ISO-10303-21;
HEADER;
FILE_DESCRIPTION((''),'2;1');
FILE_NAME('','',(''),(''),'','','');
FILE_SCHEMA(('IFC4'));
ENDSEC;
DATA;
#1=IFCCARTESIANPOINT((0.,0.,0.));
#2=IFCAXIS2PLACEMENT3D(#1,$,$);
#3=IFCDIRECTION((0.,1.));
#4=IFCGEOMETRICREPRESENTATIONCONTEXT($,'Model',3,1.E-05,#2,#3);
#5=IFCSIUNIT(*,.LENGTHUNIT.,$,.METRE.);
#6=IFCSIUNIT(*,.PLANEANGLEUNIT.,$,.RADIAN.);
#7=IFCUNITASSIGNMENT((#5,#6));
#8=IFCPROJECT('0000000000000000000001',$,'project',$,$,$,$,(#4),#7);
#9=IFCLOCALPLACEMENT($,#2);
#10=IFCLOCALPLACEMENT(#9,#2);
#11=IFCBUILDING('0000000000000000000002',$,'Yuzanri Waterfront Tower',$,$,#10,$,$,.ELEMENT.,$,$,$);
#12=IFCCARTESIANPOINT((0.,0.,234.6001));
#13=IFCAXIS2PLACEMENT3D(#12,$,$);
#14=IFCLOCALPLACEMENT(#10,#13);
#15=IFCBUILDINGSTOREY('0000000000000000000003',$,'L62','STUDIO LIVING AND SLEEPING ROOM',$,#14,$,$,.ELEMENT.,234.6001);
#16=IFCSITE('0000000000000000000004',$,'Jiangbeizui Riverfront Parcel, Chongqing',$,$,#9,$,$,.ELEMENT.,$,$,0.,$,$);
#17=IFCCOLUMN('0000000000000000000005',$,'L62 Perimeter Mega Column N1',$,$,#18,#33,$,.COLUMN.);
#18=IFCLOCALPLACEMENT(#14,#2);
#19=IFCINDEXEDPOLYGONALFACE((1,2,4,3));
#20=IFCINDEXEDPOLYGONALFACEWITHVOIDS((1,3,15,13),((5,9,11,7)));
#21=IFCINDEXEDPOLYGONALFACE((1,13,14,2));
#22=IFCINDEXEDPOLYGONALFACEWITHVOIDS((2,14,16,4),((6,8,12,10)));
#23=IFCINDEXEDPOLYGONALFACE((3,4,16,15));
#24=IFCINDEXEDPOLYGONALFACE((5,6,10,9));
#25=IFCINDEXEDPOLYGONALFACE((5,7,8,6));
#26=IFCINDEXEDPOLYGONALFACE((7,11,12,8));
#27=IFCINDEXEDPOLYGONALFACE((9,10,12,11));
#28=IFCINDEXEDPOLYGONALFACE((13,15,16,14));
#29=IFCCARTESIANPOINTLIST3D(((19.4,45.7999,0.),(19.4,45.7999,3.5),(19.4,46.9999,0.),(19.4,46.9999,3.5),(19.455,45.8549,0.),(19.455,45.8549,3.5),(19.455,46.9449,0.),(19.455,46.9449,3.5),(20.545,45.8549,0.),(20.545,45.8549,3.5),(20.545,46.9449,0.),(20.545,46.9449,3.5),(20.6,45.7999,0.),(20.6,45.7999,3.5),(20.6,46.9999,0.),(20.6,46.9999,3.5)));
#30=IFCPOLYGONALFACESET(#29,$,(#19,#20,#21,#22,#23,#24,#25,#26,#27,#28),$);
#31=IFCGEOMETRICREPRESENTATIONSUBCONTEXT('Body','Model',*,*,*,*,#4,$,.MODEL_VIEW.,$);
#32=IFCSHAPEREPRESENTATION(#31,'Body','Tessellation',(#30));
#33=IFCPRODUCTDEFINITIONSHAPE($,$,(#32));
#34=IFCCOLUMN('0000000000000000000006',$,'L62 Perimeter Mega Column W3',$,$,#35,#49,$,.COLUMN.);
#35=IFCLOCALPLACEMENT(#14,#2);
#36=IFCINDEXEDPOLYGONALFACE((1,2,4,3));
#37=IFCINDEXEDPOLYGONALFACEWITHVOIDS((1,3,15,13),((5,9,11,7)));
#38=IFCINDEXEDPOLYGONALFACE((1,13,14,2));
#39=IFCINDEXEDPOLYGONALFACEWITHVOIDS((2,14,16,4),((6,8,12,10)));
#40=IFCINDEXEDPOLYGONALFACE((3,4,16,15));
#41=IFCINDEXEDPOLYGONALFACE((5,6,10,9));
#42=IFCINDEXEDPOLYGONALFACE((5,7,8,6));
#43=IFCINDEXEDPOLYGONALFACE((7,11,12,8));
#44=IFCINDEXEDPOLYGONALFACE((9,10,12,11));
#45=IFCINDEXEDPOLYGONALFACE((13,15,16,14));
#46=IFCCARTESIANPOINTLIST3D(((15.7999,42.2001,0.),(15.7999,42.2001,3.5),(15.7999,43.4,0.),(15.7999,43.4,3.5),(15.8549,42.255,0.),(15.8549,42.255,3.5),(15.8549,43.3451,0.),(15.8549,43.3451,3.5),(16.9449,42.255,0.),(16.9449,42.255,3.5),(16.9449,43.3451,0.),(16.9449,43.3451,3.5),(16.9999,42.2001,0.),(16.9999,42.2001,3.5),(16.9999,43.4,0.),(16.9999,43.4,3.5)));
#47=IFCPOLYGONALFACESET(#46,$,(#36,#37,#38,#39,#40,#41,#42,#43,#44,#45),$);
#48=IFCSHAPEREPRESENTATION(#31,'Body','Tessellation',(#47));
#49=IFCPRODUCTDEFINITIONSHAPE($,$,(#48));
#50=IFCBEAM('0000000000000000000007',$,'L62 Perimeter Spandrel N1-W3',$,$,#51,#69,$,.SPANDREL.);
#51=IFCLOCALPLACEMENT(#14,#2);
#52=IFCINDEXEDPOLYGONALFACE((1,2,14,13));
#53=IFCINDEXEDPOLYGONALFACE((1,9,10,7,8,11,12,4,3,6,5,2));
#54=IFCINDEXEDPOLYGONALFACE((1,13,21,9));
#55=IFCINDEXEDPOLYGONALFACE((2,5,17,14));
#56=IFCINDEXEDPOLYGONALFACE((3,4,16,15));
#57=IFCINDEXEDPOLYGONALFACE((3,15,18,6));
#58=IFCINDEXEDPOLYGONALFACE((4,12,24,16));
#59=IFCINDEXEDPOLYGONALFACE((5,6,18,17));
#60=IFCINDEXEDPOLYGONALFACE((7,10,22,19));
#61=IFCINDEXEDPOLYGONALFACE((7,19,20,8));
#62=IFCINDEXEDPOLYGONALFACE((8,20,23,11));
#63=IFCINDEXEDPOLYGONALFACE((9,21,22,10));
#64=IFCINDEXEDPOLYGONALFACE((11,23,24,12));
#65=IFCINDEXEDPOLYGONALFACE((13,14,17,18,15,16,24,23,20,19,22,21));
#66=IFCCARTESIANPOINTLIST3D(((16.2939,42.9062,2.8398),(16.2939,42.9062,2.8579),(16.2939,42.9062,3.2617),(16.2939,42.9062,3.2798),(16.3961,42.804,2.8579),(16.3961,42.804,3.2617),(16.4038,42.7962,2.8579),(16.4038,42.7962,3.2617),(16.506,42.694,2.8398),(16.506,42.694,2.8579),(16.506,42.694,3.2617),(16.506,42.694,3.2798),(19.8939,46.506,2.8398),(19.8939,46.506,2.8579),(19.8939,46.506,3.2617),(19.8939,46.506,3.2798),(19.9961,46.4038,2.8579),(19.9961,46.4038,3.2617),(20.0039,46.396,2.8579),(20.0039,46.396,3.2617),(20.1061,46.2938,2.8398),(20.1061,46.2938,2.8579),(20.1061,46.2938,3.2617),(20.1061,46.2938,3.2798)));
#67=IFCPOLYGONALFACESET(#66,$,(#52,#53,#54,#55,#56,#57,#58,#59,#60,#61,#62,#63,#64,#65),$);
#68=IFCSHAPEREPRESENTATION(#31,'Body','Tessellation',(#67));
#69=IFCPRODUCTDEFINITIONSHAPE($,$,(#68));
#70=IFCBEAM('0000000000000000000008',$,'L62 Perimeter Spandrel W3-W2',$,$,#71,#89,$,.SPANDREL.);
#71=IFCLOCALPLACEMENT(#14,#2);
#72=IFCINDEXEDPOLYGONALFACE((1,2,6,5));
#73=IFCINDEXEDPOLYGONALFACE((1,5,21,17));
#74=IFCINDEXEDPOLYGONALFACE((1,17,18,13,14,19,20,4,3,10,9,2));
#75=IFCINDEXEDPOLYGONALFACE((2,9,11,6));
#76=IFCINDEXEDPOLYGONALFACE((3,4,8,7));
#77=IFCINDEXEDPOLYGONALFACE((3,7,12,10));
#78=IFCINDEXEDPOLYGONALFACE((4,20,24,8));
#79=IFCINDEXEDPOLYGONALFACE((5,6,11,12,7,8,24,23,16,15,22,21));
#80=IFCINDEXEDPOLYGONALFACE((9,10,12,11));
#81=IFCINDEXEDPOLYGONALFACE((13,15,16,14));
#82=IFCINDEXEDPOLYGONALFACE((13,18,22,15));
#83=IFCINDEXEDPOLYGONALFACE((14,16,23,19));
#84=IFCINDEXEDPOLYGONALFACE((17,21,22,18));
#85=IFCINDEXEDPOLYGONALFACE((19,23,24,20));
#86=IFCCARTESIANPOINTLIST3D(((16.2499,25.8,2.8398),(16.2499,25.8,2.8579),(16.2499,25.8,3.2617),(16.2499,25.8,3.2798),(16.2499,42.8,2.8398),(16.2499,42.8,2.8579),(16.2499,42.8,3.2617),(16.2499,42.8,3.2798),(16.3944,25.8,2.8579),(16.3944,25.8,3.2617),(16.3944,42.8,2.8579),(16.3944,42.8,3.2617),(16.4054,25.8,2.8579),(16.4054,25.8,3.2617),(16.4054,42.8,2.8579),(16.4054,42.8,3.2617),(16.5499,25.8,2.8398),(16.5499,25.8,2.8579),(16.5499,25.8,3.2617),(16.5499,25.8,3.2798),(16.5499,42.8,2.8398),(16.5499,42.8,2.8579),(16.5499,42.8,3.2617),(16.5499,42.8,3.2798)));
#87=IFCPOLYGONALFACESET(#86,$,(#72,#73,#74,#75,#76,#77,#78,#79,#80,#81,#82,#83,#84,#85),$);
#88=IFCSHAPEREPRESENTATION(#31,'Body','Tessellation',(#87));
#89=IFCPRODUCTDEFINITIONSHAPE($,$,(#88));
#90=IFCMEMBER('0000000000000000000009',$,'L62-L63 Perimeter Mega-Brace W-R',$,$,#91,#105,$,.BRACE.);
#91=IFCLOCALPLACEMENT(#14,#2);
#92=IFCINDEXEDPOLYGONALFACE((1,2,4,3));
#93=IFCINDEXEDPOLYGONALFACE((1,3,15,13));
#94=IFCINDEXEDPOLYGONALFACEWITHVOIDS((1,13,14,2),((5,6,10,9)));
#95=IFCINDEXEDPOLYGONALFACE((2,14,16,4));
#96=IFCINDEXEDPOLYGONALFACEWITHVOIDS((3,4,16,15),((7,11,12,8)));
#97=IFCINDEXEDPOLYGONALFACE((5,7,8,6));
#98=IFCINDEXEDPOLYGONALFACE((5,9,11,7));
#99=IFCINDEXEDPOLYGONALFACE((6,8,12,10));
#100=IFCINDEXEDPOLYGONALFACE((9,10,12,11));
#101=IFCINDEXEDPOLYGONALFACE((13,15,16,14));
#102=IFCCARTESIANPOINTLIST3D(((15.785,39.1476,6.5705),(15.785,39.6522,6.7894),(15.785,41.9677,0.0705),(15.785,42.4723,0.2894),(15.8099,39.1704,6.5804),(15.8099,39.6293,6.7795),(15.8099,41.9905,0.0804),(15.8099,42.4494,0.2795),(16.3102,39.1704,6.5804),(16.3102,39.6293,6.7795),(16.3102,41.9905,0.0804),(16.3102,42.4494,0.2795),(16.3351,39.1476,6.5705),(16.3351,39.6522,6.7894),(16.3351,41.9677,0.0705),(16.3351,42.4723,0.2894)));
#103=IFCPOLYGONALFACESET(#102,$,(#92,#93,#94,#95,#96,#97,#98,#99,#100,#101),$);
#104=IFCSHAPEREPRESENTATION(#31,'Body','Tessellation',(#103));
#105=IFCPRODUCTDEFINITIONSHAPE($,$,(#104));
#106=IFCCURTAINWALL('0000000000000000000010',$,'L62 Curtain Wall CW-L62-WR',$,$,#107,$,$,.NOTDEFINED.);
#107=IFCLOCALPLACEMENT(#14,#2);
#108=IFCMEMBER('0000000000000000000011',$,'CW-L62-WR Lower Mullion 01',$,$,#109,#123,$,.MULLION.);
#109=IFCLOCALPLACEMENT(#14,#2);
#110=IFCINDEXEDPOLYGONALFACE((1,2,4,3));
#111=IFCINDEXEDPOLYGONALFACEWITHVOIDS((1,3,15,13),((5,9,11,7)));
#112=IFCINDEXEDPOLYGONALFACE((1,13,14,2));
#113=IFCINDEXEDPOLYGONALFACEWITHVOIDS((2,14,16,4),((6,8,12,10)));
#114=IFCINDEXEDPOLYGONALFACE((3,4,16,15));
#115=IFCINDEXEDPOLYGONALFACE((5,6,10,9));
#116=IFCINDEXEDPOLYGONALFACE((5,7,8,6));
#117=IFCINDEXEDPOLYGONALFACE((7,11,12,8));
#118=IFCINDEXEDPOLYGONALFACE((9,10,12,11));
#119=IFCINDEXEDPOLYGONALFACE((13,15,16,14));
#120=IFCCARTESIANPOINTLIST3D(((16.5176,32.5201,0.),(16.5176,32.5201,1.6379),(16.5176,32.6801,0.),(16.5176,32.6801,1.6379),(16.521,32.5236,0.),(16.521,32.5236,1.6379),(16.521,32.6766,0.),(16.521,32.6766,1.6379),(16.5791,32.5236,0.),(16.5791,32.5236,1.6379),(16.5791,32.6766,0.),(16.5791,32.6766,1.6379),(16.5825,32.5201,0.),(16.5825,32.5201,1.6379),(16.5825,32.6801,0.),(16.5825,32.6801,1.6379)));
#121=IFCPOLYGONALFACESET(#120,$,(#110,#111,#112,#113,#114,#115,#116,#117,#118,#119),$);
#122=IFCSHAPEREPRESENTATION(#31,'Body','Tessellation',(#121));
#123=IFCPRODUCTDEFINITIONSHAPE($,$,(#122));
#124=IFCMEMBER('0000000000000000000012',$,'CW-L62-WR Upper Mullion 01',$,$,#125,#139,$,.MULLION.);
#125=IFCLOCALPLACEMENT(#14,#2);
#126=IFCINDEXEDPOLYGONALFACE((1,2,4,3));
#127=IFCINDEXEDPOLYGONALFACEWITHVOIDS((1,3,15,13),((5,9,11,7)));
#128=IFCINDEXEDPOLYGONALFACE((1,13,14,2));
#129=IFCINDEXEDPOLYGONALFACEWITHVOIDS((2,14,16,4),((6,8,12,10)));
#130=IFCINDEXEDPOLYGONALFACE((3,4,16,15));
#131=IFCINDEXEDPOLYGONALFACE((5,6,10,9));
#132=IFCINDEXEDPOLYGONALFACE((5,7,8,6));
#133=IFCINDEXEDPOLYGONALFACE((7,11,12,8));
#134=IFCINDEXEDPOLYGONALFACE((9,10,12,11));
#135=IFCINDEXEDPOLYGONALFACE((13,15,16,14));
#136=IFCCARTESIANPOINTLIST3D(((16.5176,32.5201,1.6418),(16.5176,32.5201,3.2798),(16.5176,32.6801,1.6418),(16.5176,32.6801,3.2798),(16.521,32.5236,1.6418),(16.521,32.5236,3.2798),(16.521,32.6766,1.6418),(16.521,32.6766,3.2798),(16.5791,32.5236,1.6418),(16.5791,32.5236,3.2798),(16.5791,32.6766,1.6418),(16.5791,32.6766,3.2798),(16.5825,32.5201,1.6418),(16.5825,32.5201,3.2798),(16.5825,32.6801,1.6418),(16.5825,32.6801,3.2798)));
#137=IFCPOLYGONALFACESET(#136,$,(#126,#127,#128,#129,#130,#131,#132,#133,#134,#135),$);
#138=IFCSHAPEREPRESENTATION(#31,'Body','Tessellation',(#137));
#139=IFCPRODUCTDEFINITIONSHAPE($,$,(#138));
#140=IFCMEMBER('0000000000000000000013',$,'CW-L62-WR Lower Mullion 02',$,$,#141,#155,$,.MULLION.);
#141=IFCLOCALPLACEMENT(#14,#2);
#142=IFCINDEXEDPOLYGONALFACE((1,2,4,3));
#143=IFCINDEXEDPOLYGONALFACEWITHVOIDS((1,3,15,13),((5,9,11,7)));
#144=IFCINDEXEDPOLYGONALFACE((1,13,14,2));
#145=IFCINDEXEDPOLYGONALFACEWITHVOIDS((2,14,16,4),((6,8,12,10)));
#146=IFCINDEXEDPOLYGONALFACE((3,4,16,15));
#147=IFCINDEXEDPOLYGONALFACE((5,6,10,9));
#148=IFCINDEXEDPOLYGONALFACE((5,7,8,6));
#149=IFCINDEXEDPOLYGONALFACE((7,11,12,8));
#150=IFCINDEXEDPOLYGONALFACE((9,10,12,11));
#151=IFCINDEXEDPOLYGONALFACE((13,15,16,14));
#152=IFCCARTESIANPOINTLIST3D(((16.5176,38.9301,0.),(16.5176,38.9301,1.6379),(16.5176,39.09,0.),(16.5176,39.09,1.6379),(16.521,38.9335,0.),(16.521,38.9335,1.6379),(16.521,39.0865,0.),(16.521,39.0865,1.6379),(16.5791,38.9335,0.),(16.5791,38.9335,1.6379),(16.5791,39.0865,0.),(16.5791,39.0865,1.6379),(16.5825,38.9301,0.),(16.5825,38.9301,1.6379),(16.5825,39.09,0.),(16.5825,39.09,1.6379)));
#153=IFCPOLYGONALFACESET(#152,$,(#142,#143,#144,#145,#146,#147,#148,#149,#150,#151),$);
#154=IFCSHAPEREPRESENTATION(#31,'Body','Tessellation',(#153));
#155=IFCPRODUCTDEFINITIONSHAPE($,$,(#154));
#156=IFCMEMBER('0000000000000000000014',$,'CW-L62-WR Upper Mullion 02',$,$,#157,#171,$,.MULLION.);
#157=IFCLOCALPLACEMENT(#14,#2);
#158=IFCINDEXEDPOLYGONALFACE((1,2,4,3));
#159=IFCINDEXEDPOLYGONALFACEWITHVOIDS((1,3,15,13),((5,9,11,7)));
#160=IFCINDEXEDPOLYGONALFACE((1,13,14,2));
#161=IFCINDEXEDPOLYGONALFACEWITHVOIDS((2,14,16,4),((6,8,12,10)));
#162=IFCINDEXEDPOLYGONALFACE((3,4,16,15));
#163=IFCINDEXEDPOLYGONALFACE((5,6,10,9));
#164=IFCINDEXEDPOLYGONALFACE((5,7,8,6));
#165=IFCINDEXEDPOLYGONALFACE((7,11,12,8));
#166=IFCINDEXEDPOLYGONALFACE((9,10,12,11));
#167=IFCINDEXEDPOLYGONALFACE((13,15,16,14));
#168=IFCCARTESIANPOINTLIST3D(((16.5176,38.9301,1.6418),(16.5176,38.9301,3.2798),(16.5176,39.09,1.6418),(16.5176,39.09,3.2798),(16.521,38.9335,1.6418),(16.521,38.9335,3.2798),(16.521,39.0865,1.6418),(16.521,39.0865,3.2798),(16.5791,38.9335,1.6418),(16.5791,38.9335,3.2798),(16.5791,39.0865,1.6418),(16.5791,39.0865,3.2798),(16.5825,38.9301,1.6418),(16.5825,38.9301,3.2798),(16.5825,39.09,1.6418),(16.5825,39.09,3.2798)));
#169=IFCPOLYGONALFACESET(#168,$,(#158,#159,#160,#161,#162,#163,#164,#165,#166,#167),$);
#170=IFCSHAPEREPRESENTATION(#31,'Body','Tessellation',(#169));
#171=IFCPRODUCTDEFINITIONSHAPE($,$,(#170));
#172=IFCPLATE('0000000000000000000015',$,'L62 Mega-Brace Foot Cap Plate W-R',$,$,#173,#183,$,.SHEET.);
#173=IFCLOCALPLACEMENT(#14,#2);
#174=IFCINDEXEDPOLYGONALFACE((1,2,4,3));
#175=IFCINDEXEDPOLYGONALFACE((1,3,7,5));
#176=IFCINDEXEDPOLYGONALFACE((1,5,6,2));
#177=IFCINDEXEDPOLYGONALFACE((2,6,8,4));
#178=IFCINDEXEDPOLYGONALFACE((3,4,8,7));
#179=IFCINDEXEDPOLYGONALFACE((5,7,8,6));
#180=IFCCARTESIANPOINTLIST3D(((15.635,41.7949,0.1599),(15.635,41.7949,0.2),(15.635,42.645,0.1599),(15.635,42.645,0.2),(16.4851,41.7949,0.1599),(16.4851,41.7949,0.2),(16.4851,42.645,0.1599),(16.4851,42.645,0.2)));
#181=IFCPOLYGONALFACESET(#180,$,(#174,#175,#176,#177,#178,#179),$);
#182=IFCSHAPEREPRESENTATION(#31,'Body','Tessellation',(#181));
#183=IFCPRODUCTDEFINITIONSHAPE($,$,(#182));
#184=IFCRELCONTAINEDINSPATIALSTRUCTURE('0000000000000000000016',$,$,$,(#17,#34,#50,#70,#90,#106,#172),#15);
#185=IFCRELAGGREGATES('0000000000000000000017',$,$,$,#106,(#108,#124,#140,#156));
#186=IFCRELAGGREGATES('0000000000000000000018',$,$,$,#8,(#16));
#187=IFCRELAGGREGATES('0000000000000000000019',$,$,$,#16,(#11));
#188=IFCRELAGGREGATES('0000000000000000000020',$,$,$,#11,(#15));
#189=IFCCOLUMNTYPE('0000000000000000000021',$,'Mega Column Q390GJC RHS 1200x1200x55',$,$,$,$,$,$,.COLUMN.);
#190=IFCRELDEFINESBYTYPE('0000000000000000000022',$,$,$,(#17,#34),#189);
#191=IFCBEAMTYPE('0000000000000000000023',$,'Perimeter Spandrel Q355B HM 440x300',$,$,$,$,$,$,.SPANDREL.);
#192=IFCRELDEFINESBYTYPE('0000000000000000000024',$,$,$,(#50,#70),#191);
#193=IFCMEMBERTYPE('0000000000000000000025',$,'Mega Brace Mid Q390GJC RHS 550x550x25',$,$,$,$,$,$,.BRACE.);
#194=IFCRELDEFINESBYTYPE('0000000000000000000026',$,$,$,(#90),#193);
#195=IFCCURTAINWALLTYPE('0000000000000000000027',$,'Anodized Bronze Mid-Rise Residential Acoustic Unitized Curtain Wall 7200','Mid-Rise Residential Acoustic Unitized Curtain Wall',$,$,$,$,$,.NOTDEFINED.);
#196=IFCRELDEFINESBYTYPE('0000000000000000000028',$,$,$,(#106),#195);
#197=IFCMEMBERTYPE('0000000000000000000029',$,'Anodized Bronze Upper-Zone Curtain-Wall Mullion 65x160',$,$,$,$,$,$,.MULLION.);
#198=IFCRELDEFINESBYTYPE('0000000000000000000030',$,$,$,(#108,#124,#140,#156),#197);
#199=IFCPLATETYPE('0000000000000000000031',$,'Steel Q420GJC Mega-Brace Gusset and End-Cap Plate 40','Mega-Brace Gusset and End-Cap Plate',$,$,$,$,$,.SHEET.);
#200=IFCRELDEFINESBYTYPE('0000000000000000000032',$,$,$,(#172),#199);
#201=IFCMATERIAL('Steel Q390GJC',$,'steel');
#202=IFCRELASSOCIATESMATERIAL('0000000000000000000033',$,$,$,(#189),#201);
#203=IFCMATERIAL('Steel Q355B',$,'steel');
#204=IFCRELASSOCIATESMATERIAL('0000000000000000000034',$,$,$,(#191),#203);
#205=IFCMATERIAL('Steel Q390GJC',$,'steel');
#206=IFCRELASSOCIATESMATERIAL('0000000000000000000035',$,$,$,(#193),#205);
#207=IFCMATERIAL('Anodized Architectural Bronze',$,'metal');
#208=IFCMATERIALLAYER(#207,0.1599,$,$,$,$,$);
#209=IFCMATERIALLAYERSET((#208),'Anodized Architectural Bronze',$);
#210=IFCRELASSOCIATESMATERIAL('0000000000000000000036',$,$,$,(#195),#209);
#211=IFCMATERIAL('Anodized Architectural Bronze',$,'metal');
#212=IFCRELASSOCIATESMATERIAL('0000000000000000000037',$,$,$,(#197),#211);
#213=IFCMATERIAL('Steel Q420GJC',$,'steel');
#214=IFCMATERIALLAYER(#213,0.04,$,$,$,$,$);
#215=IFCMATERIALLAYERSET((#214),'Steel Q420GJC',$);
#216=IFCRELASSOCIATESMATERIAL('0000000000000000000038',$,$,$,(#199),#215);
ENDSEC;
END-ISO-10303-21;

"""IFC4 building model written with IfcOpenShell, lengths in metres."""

from ifc_helpers import new_model, si_unit, direction, frame, origin, origin_2d, place, context, subcontext, project, spatial, rectangle, hollow_rectangle, i_section, extrude, source, transform, mapped, material, layer, layer_set, material_profile, profile_set, type_object, element, aggregate, save


model = new_model("IFC4")

# Units and contexts
model_context = context("Model", 3, precision=1e-05, world=origin(), true_north=direction((0.0, 1.0)))
body_context = subcontext(model_context, "Body", "Model", "MODEL_VIEW")
ifc_project = project(units=[si_unit("LENGTHUNIT", "METRE"), si_unit("PLANEANGLEUNIT", "RADIAN")], contexts=[model_context])

# Site, building, storey
site_placement = place(None, origin())
site = spatial("IfcSite", under=ifc_project, at=site_placement, Name="Jiangbeizui Riverfront Parcel, Chongqing", CompositionType="ELEMENT", RefElevation=0.0)
building_placement = place(site_placement, origin())
building = spatial("IfcBuilding", under=site, at=building_placement, Name="Yuzanri Waterfront Tower", CompositionType="ELEMENT")
storey_placement = place(building_placement, frame((0.0, 0.0, 234.6001)))
storey = spatial("IfcBuildingStorey", under=building, at=storey_placement, Name="L62", Description="STUDIO LIVING AND SLEEPING ROOM", CompositionType="ELEMENT", Elevation=234.6001)

# Columns
ifc_material_1 = material(Name="Steel Q390GJC", Category="steel")
ifc_material_profile_1 = material_profile(ifc_material_1, hollow_rectangle(XDim=1.2, YDim=1.2, WallThickness=0.0549, at=origin_2d()), Name="RHS 1200x1200x55")
ifc_profile_set_1 = profile_set([ifc_material_profile_1], Name="Steel Q390GJC")
column_type = type_object("IfcColumnType", Name="Mega Column Q390GJC RHS 1200x1200x55", PredefinedType="COLUMN", material=ifc_profile_set_1)
shared_shape_1 = source(origin(), body_context, "Body", "SweptSolid", [
    extrude(hollow_rectangle(XDim=1.2, YDim=1.2, WallThickness=0.0549, at=origin_2d()), origin(), (0.0, 0.0, 1.0), 3.5),
])
for number, where, z_axis, x_axis, name in (
    (1, (20.0, 46.3999, 0.0), (0.0, 0.0, 1.0), (1.0, 0.0, 0.0), "L62 Perimeter Mega Column N1"),
    (2, (16.3999, 42.8, 0.0), (0.0, 0.0, 1.0), (1.0, 0.0, 0.0), "L62 Perimeter Mega Column W3"),
):
    element("IfcColumn", number, at=place(storey_placement, frame(where, z_axis=z_axis, x_axis=x_axis)), inside=storey, type_object=column_type, Name=name, PredefinedType="COLUMN", context=body_context, shape_type="MappedRepresentation", body=[
        mapped(shared_shape_1, transform((0.0, 0.0, 0.0), scale=1.0)),
    ])

# Beams
ifc_material_2 = material(Name="Steel Q355B", Category="steel")
ifc_material_profile_2 = material_profile(ifc_material_2, i_section(OverallWidth=0.3, OverallDepth=0.4399, WebThickness=0.011, FlangeThickness=0.0181, at=origin_2d()), Name="HM 440x300x11x18")
ifc_profile_set_2 = profile_set([ifc_material_profile_2], Name="Steel Q355B")
beam_type = type_object("IfcBeamType", Name="Perimeter Spandrel Q355B HM 440x300", PredefinedType="SPANDREL", material=ifc_profile_set_2)
shared_shape_2 = source(origin(), body_context, "Body", "SweptSolid", [
    extrude(i_section(OverallWidth=0.3, OverallDepth=0.4399, WebThickness=0.011, FlangeThickness=0.0181, at=origin_2d()), origin(), (0.0, 0.0, 1.0), 5.0911),
])
beam_1_placement = place(storey_placement, frame((20.0, 46.3999, 3.0598), z_axis=(-0.707131, -0.707083, 0.0), x_axis=(0.707083, -0.707131, 0.0)))
element("IfcBeam", 3, at=beam_1_placement, inside=storey, type_object=beam_type, Name="L62 Perimeter Spandrel N1-W3", PredefinedType="SPANDREL", context=body_context, shape_type="MappedRepresentation", body=[
    mapped(shared_shape_2, transform((0.0, 0.0, 0.0), scale=1.0)),
])
shared_shape_3 = source(origin(), body_context, "Body", "SweptSolid", [
    extrude(i_section(OverallWidth=0.3, OverallDepth=0.4399, WebThickness=0.011, FlangeThickness=0.0181, at=origin_2d()), origin(), (0.0, 0.0, 1.0), 17.0),
])
beam_2_placement = place(storey_placement, frame((16.3999, 42.8, 3.0598), z_axis=(0.0, -1.0, 0.0), x_axis=(1.0, 0.0, 0.0)))
element("IfcBeam", 4, at=beam_2_placement, inside=storey, type_object=beam_type, Name="L62 Perimeter Spandrel W3-W2", PredefinedType="SPANDREL", context=body_context, shape_type="MappedRepresentation", body=[
    mapped(shared_shape_3, transform((0.0, 0.0, 0.0), scale=1.0)),
])

# Member
ifc_material_3 = material(Name="Steel Q390GJC", Category="steel")
ifc_material_profile_3 = material_profile(ifc_material_3, hollow_rectangle(XDim=0.55, YDim=0.55, WallThickness=0.0249, at=origin_2d()), Name="RHS 550x550x25")
ifc_profile_set_3 = profile_set([ifc_material_profile_3], Name="Steel Q390GJC")
member_type_1 = type_object("IfcMemberType", Name="Mega Brace Mid Q390GJC RHS 550x550x25", PredefinedType="BRACE", material=ifc_profile_set_3)
shared_shape_4 = source(origin(), body_context, "Body", "SweptSolid", [
    extrude(hollow_rectangle(XDim=0.55, YDim=0.55, WallThickness=0.0249, at=origin_2d()), origin(), (0.0, 0.0, 1.0), 7.0854),
])
member_1_placement = place(storey_placement, frame((16.0601, 42.22, 0.1799), z_axis=(0.0, -0.398012, 0.91738), x_axis=(1.0, 0.0, 0.0)))
element("IfcMember", 5, at=member_1_placement, inside=storey, type_object=member_type_1, Name="L62-L63 Perimeter Mega-Brace W-R", PredefinedType="BRACE", context=body_context, shape_type="MappedRepresentation", body=[
    mapped(shared_shape_4, transform((0.0, 0.0, 0.0), scale=1.0)),
])

# Curtain wall, members
ifc_material_4 = material(Name="Anodized Architectural Bronze", Category="metal")
ifc_layer_1 = layer(ifc_material_4, 0.1599)
ifc_layer_set_1 = layer_set([ifc_layer_1], Name="Anodized Architectural Bronze")
curtain_wall_type = type_object("IfcCurtainWallType", Name="Anodized Bronze Mid-Rise Residential Acoustic Unitized Curtain Wall 7200", Description="Mid-Rise Residential Acoustic Unitized Curtain Wall", PredefinedType="NOTDEFINED", material=ifc_layer_set_1)
curtain_wall_placement = place(storey_placement, origin())
curtain_wall = element("IfcCurtainWall", 6, at=curtain_wall_placement, inside=storey, type_object=curtain_wall_type, Name="L62 Curtain Wall CW-L62-WR", PredefinedType="NOTDEFINED")
ifc_material_5 = material(Name="Anodized Architectural Bronze", Category="metal")
ifc_material_profile_4 = material_profile(ifc_material_5, hollow_rectangle(XDim=0.0649, YDim=0.1599, WallThickness=0.0034, at=origin_2d()), Name="CWM 65x160")
ifc_profile_set_4 = profile_set([ifc_material_profile_4], Name="Anodized Architectural Bronze")
member_type_2 = type_object("IfcMemberType", Name="Anodized Bronze Upper-Zone Curtain-Wall Mullion 65x160", PredefinedType="MULLION", material=ifc_profile_set_4)
shared_shape_5 = source(origin(), body_context, "Body", "SweptSolid", [
    extrude(hollow_rectangle(XDim=0.0649, YDim=0.1599, WallThickness=0.0034, at=origin_2d()), origin(), (0.0, 0.0, 1.0), 1.6379),
])
member_2_placement = place(storey_placement, frame((16.55, 32.6001, 0.0), z_axis=(0.0, 0.0, 1.0), x_axis=(1.0, 0.0, 0.0)))
member_2 = element("IfcMember", 7, at=member_2_placement, type_object=member_type_2, Name="CW-L62-WR Lower Mullion 01", PredefinedType="MULLION", context=body_context, shape_type="MappedRepresentation", body=[
    mapped(shared_shape_5, transform((0.0, 0.0, 0.0), scale=1.0)),
])
member_3_placement = place(storey_placement, frame((16.55, 32.6001, 1.6418), z_axis=(0.0, 0.0, 1.0), x_axis=(1.0, 0.0, 0.0)))
member_3 = element("IfcMember", 8, at=member_3_placement, type_object=member_type_2, Name="CW-L62-WR Upper Mullion 01", PredefinedType="MULLION", context=body_context, shape_type="MappedRepresentation", body=[
    mapped(shared_shape_5, transform((0.0, 0.0, 0.0), scale=1.0)),
])
member_4_placement = place(storey_placement, frame((16.55, 39.01, 0.0), z_axis=(0.0, 0.0, 1.0), x_axis=(1.0, 0.0, 0.0)))
member_4 = element("IfcMember", 9, at=member_4_placement, type_object=member_type_2, Name="CW-L62-WR Lower Mullion 02", PredefinedType="MULLION", context=body_context, shape_type="MappedRepresentation", body=[
    mapped(shared_shape_5, transform((0.0, 0.0, 0.0), scale=1.0)),
])
member_5_placement = place(storey_placement, frame((16.55, 39.01, 1.6418), z_axis=(0.0, 0.0, 1.0), x_axis=(1.0, 0.0, 0.0)))
member_5 = element("IfcMember", 10, at=member_5_placement, type_object=member_type_2, Name="CW-L62-WR Upper Mullion 02", PredefinedType="MULLION", context=body_context, shape_type="MappedRepresentation", body=[
    mapped(shared_shape_5, transform((0.0, 0.0, 0.0), scale=1.0)),
])

# Plate
ifc_material_6 = material(Name="Steel Q420GJC", Category="steel")
ifc_layer_2 = layer(ifc_material_6, 0.04)
ifc_layer_set_2 = layer_set([ifc_layer_2], Name="Steel Q420GJC")
plate_type_1 = type_object("IfcPlateType", Name="Steel Q420GJC Mega-Brace Gusset and End-Cap Plate 40", Description="Mega-Brace Gusset and End-Cap Plate", PredefinedType="SHEET", material=ifc_layer_set_2)
shared_shape_6 = source(origin(), body_context, "Body", "SweptSolid", [
    extrude(rectangle(XDim=0.8501, YDim=0.8501, at=origin_2d()), origin(), (0.0, 0.0, 1.0), 0.04),
])
plate_1_placement = place(storey_placement, frame((16.0601, 42.22, 0.1599), z_axis=(0.0, 0.0, 1.0), x_axis=(1.0, 0.0, 0.0)))
element("IfcPlate", 11, at=plate_1_placement, inside=storey, type_object=plate_type_1, Name="L62 Mega-Brace Foot Cap Plate W-R", PredefinedType="SHEET", context=body_context, shape_type="MappedRepresentation", body=[
    mapped(shared_shape_6, transform((0.0, 0.0, 0.0), scale=1.0)),
])
aggregate(curtain_wall, [member_2, member_3, member_4, member_5])

save(model, "model.ifc")
